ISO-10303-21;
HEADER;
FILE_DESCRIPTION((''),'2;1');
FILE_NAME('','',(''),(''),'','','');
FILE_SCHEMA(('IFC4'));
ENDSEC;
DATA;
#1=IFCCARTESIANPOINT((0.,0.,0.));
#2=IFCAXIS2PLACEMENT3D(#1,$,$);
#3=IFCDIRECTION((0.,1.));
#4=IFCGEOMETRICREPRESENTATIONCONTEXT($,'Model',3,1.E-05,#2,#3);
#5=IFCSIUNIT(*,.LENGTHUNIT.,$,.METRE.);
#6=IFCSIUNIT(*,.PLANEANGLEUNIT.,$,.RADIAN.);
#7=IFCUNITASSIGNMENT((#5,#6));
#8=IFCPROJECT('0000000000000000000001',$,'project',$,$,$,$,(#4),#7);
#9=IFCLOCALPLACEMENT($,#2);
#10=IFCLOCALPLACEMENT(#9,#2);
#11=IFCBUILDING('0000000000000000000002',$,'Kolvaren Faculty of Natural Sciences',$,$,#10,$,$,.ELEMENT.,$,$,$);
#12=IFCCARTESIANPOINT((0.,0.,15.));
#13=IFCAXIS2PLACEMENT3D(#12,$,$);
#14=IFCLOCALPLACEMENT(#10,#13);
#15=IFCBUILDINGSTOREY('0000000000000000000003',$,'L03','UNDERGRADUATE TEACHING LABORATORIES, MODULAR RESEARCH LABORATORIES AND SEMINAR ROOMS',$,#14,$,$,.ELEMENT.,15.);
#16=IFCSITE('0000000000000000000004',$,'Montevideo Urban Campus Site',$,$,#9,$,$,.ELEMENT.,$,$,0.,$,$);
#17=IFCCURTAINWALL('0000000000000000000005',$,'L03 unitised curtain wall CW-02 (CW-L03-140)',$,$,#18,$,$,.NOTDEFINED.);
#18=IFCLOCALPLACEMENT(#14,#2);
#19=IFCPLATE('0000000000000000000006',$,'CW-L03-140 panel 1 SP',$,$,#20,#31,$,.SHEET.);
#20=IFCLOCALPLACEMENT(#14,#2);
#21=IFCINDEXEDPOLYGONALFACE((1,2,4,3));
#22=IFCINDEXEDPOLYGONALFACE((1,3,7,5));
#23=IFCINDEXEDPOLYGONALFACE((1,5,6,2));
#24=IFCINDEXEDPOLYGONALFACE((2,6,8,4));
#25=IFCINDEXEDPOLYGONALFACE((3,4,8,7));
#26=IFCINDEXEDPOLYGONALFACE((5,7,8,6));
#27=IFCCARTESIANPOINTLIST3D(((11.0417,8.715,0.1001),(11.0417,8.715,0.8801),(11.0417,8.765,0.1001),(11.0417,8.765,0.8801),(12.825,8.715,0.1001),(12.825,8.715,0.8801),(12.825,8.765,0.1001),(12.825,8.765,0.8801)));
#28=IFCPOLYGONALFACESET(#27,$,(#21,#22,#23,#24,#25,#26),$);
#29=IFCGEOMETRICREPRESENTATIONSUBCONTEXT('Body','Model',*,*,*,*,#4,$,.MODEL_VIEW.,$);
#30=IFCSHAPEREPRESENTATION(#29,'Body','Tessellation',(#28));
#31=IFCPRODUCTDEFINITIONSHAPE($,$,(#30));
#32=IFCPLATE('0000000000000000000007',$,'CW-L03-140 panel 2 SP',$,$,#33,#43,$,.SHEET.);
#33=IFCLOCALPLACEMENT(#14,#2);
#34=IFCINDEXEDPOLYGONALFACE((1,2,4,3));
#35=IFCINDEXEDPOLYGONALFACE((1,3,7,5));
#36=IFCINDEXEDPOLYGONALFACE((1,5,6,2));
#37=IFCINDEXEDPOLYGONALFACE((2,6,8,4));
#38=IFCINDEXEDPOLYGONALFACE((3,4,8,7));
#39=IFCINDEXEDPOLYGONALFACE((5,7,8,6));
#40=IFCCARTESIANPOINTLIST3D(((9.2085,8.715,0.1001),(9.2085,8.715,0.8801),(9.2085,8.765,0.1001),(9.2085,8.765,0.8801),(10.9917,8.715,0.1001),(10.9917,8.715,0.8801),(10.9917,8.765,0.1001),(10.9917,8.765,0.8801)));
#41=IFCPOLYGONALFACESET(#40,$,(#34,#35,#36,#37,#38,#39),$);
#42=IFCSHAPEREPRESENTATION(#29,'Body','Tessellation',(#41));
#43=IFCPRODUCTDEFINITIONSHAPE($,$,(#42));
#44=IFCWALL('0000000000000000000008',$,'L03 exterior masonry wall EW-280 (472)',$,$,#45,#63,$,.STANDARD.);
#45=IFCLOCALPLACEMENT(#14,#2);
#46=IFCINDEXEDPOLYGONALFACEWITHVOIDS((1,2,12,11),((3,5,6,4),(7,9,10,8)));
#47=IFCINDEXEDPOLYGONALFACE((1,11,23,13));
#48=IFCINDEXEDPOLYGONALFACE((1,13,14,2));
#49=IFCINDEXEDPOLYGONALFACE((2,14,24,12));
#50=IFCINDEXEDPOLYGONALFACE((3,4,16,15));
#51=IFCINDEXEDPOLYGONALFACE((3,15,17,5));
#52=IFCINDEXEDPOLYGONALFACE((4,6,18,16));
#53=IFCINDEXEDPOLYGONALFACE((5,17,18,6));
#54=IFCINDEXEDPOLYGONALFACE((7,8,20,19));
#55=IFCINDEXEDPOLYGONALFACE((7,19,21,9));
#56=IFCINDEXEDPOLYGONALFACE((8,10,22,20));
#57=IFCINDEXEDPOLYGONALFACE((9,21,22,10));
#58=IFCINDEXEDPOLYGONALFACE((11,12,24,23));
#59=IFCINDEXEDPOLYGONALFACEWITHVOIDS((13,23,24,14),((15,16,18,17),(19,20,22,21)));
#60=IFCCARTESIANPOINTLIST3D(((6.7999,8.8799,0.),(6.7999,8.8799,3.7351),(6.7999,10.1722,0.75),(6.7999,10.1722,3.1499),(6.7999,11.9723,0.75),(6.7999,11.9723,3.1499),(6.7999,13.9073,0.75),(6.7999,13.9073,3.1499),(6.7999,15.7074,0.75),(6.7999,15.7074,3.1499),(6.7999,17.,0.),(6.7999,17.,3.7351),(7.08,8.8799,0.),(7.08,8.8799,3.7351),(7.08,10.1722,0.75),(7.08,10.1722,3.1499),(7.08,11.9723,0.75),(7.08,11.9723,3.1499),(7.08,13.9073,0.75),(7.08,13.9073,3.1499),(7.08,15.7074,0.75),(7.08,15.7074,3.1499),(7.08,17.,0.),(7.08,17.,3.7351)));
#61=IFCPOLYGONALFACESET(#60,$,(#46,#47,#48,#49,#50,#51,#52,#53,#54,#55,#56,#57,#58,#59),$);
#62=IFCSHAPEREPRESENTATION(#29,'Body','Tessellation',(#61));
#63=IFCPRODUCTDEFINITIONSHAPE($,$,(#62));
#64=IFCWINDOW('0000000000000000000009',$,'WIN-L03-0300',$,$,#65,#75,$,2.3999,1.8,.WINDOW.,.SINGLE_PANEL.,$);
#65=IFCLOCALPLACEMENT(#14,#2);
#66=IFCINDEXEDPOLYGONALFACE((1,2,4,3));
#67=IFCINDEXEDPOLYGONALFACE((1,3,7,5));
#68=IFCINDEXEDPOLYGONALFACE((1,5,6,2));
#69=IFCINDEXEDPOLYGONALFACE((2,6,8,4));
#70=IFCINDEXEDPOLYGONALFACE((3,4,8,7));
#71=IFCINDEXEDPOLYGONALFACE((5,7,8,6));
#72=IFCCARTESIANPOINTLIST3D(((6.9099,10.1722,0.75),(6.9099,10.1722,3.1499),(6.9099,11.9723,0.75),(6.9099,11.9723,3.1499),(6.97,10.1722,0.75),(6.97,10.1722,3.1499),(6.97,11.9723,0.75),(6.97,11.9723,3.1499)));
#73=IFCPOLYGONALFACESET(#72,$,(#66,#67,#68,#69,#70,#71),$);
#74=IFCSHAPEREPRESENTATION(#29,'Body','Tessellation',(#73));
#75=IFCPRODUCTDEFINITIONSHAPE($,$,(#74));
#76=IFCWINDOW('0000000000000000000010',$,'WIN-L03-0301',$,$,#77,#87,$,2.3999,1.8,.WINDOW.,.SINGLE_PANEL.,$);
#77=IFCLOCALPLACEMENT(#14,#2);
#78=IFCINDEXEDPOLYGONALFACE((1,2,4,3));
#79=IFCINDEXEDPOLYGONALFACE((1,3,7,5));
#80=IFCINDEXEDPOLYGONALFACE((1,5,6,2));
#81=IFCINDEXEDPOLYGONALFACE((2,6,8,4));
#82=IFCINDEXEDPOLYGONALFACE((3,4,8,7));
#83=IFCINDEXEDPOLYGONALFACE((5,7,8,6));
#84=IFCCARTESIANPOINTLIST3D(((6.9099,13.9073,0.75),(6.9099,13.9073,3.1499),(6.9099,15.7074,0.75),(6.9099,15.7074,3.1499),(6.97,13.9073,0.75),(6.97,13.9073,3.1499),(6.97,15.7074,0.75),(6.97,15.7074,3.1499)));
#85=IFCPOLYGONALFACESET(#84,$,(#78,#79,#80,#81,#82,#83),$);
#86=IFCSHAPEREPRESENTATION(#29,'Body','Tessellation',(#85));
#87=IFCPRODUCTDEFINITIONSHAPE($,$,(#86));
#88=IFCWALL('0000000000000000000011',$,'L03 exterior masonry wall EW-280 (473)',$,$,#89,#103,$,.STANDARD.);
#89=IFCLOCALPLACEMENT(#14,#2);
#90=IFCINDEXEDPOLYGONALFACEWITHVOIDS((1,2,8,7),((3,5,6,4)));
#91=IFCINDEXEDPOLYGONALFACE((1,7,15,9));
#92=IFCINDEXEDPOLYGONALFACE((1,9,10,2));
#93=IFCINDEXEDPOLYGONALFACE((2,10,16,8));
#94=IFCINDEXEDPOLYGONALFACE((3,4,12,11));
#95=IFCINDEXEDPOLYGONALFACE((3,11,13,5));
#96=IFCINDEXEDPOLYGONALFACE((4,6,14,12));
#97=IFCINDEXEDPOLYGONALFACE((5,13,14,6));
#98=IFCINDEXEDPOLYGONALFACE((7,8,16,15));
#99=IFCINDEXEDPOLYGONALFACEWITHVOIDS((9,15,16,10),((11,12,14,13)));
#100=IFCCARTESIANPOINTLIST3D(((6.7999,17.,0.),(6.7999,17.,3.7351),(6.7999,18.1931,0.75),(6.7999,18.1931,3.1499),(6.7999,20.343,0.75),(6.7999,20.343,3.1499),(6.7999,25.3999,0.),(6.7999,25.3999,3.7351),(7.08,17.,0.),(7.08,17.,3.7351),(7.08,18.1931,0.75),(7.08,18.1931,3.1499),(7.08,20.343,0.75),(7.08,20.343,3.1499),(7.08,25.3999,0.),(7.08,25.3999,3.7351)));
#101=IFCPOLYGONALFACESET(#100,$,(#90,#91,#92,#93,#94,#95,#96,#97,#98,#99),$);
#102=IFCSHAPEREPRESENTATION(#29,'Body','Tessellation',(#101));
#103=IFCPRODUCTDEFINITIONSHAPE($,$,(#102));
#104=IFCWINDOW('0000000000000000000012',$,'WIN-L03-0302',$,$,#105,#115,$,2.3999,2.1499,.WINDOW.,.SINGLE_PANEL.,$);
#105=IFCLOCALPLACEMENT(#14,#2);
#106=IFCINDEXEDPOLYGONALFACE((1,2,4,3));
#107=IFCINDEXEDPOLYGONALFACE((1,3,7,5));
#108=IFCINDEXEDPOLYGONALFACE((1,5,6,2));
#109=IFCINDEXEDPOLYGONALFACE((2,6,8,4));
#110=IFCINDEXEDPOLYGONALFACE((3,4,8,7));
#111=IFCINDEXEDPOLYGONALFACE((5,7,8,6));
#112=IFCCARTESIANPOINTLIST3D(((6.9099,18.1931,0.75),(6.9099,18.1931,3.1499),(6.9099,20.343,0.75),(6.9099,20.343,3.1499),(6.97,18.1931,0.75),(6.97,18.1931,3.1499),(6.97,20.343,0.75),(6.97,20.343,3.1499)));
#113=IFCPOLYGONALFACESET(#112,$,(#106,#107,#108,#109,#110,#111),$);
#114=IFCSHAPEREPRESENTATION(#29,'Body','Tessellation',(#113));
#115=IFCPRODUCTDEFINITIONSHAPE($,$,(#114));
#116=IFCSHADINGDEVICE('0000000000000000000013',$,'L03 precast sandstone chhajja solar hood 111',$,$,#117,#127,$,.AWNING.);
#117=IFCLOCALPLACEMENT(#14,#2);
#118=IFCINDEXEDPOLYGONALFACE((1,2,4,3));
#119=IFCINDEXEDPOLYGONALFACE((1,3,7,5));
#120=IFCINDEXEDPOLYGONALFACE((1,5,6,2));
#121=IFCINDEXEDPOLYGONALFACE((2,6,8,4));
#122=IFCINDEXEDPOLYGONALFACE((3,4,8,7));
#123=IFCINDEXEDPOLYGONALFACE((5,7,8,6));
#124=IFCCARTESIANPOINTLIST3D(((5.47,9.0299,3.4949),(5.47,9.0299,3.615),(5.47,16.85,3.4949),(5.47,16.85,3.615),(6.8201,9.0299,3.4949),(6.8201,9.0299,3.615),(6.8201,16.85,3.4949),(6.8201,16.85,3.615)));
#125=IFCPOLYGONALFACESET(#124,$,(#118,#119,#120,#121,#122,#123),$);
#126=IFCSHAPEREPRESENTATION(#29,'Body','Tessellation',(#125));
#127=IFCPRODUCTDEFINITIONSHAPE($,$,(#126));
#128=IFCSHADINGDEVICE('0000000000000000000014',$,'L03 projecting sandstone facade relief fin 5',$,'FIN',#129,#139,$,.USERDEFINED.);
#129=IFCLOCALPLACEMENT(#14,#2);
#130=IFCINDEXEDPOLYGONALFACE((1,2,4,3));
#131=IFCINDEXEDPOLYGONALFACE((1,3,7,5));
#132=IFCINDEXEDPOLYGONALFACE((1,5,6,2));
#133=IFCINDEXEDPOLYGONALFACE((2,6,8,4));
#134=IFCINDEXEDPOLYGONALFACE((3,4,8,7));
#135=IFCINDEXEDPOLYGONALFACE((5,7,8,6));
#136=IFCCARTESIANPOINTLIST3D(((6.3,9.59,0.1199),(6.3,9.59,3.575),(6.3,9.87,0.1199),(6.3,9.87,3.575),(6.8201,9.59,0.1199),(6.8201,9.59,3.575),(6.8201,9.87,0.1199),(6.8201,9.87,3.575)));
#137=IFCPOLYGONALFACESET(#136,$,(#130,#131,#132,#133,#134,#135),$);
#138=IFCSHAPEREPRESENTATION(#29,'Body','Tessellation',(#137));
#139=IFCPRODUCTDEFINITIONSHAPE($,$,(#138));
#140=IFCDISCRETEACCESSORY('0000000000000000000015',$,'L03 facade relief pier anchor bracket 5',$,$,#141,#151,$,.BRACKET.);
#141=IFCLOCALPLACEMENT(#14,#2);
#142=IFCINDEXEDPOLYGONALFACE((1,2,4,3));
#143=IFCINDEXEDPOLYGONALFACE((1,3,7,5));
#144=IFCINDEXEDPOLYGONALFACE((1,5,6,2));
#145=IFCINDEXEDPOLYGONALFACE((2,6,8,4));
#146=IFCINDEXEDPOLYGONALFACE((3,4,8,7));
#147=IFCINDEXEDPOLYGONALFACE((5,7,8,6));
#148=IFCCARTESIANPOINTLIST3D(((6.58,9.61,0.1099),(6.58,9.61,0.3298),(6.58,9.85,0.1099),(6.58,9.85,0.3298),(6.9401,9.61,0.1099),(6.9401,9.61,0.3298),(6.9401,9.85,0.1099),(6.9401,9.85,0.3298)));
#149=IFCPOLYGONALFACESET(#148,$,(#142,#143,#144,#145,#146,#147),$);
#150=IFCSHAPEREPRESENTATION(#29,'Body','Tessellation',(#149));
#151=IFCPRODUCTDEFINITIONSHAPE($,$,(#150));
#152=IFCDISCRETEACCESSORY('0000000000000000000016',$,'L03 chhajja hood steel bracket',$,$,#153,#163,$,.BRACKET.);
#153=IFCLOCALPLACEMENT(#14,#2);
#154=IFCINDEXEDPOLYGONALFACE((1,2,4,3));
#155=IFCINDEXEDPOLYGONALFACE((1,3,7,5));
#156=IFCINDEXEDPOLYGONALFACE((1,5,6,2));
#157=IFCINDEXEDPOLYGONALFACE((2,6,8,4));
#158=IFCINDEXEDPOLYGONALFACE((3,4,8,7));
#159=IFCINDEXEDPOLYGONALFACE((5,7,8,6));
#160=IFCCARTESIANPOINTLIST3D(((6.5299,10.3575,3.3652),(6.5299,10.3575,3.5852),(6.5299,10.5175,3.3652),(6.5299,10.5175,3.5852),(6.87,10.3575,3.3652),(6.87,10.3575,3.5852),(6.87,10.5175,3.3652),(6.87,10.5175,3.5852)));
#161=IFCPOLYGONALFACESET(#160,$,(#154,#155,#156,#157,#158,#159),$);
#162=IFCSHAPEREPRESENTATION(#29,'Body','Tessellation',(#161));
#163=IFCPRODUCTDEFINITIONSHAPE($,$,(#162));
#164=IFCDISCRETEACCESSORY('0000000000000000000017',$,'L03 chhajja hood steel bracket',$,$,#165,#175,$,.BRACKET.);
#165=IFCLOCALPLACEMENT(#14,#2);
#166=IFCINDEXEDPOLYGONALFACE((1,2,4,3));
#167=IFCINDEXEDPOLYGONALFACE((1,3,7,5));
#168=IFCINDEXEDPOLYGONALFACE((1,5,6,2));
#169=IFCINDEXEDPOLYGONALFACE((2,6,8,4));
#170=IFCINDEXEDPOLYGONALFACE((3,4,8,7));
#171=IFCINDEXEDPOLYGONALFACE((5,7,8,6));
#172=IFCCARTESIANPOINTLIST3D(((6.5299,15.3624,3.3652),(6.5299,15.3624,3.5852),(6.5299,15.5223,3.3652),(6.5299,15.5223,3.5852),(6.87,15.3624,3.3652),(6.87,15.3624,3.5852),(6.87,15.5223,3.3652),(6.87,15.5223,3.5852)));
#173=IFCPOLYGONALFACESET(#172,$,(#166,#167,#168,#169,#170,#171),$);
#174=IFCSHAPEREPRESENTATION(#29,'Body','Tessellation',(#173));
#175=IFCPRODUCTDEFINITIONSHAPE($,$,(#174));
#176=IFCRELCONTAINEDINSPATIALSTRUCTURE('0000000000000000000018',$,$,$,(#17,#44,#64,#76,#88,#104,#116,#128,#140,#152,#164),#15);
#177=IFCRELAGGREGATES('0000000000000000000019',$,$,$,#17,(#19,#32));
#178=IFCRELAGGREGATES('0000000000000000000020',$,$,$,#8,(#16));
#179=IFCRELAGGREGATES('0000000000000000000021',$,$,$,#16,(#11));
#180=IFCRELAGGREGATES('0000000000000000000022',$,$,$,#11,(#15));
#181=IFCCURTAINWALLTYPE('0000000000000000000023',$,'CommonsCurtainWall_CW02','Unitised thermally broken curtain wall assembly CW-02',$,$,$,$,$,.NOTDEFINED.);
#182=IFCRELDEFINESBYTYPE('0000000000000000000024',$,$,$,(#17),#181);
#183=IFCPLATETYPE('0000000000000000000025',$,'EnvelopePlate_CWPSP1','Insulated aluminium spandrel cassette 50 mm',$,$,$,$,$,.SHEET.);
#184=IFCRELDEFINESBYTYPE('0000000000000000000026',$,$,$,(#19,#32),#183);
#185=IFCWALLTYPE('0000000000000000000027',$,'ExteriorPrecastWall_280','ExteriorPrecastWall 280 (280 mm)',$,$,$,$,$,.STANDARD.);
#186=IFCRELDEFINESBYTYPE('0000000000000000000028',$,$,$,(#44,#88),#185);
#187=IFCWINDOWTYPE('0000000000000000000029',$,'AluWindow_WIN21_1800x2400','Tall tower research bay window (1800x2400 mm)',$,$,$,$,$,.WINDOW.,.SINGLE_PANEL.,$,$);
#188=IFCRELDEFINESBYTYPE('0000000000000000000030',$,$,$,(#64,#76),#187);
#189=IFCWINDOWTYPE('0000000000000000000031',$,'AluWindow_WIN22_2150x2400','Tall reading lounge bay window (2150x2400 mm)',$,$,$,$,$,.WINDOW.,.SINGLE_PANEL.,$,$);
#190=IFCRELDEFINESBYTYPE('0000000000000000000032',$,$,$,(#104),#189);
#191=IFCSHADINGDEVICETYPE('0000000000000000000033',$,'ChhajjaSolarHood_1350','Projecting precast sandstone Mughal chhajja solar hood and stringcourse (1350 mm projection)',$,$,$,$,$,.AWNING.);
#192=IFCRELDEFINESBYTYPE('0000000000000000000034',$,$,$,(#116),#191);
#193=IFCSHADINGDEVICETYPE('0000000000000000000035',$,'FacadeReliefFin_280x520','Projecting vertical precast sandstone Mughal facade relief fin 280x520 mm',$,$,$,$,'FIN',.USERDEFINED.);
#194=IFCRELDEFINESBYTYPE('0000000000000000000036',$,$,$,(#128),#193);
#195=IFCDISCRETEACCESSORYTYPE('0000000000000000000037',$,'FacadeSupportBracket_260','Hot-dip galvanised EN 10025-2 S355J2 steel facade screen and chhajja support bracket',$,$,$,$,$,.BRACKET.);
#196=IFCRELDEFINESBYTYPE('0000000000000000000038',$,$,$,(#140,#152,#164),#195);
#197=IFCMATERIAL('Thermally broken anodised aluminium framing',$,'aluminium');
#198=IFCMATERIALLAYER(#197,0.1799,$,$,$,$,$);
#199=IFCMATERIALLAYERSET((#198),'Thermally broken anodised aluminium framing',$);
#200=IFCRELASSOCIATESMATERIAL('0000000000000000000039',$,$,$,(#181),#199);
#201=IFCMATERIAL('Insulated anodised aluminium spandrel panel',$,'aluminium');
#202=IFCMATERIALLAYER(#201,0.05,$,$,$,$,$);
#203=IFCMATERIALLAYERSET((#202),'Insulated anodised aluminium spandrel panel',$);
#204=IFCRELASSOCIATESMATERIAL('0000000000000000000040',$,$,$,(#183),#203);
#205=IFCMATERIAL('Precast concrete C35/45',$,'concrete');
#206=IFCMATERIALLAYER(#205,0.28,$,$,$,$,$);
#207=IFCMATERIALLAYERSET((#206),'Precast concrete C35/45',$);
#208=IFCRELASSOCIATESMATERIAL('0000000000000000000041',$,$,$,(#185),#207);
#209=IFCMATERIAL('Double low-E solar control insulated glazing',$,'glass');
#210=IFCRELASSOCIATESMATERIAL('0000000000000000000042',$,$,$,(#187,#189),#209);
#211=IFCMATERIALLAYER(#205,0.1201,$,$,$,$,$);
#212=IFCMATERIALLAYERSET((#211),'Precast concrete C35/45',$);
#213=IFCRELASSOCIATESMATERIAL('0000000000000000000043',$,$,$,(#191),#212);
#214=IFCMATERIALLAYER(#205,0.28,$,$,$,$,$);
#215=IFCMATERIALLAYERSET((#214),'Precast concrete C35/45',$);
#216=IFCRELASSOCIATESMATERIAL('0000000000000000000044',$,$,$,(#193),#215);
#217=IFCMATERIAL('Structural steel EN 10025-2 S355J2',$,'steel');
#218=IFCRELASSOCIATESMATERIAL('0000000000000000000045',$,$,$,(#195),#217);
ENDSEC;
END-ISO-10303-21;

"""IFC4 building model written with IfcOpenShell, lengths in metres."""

from ifc_helpers import new_model, si_unit, direction, frame, frame_2d, origin, origin_2d, place, context, subcontext, project, spatial, rectangle, extrude, material, layer, layer_set, type_object, element, fill, aggregate, save


model = new_model("IFC4")

# Units and contexts
model_context = context("Model", 3, precision=1e-05, world=origin(), true_north=direction((0.0, 1.0)))
body_context = subcontext(model_context, "Body", "Model", "MODEL_VIEW")
ifc_project = project(units=[si_unit("LENGTHUNIT", "METRE"), si_unit("PLANEANGLEUNIT", "RADIAN")], contexts=[model_context])

# Site, building, storey
site_placement = place(None, origin())
site = spatial("IfcSite", under=ifc_project, at=site_placement, Name="Montevideo Urban Campus Site", CompositionType="ELEMENT", RefElevation=0.0)
building_placement = place(site_placement, origin())
building = spatial("IfcBuilding", under=site, at=building_placement, Name="Kolvaren Faculty of Natural Sciences", CompositionType="ELEMENT")
storey_placement = place(building_placement, frame((0.0, 0.0, 15.0)))
storey = spatial("IfcBuildingStorey", under=building, at=storey_placement, Name="L03", Description="UNDERGRADUATE TEACHING LABORATORIES, MODULAR RESEARCH LABORATORIES AND SEMINAR ROOMS", CompositionType="ELEMENT", Elevation=15.0)

# Curtain wall
ifc_material_1 = material(Name="Thermally broken anodised aluminium framing", Category="aluminium")
ifc_layer_1 = layer(ifc_material_1, 0.1799)
ifc_layer_set_1 = layer_set([ifc_layer_1], Name="Thermally broken anodised aluminium framing")
curtain_wall_type = type_object("IfcCurtainWallType", Name="CommonsCurtainWall_CW02", Description="Unitised thermally broken curtain wall assembly CW-02", PredefinedType="NOTDEFINED", material=ifc_layer_set_1)
curtain_wall_placement = place(storey_placement, origin())
curtain_wall = element("IfcCurtainWall", 1, at=curtain_wall_placement, inside=storey, type_object=curtain_wall_type, Name="L03 unitised curtain wall CW-02 (CW-L03-140)", PredefinedType="NOTDEFINED")

# Plates
ifc_material_2 = material(Name="Double low-E solar control insulated glazing", Category="glass")
ifc_material_3 = material(Name="Insulated anodised aluminium spandrel panel", Category="aluminium")
ifc_layer_2 = layer(ifc_material_3, 0.05)
ifc_layer_set_2 = layer_set([ifc_layer_2], Name="Insulated anodised aluminium spandrel panel")
plate_type_1 = type_object("IfcPlateType", Name="EnvelopePlate_CWPSP1", Description="Insulated aluminium spandrel cassette 50 mm", PredefinedType="SHEET", material=ifc_layer_set_2)
plate_1_placement = place(storey_placement, frame((11.9333, 8.74, 0.1001), z_axis=(0.0, 0.0, 1.0), x_axis=(-1.0, 0.0, 0.0)))
plate_1 = element("IfcPlate", 2, at=plate_1_placement, type_object=plate_type_1, Name="CW-L03-140 panel 1 SP", PredefinedType="SHEET", context=body_context, shape_type="SweptSolid", body=[
    extrude(rectangle(XDim=1.7832, YDim=0.05, at=origin_2d()), origin(), (0.0, 0.0, 1.0), 0.78),
])
plate_2_placement = place(storey_placement, frame((10.1001, 8.74, 0.1001), z_axis=(0.0, 0.0, 1.0), x_axis=(-1.0, 0.0, 0.0)))
plate_2 = element("IfcPlate", 3, at=plate_2_placement, type_object=plate_type_1, Name="CW-L03-140 panel 2 SP", PredefinedType="SHEET", context=body_context, shape_type="SweptSolid", body=[
    extrude(rectangle(XDim=1.7832, YDim=0.05, at=origin_2d()), origin(), (0.0, 0.0, 1.0), 0.78),
])
aggregate(curtain_wall, [plate_1, plate_2])

# Wall, openings, windows
ifc_material_4 = material(Name="Precast concrete C35/45", Category="concrete")
ifc_layer_3 = layer(ifc_material_4, 0.28)
ifc_layer_set_3 = layer_set([ifc_layer_3], Name="Precast concrete C35/45")
wall_type = type_object("IfcWallType", Name="ExteriorPrecastWall_280", Description="ExteriorPrecastWall 280 (280 mm)", PredefinedType="STANDARD", material=ifc_layer_set_3)
wall_1_placement = place(storey_placement, frame((6.9399, 8.8799, 0.0), z_axis=(0.0, 0.0, 1.0), x_axis=(0.0, 1.0, 0.0)))
wall_1 = element("IfcWall", 4, at=wall_1_placement, inside=storey, type_object=wall_type, Name="L03 exterior masonry wall EW-280 (472)", PredefinedType="STANDARD", context=body_context, shape_type="SweptSolid", body=[
    extrude(rectangle(XDim=8.1201, YDim=0.28, at=frame_2d((4.0601, 0.0))), origin(), (0.0, 0.0, 1.0), 3.7351),
])
opening_1_placement = place(wall_1_placement, frame((1.2925, 0.0, 0.75)))
opening_1 = element("IfcOpeningElement", 5, at=opening_1_placement, cuts=wall_1, PredefinedType="OPENING", context=body_context, shape_type="SweptSolid", body=[
    extrude(rectangle(XDim=1.8, YDim=2.3999, at=frame_2d((0.8999, 1.2))), frame((0.0, 0.1499, 0.0), z_axis=(0.0, -1.0, 0.0), x_axis=(1.0, 0.0, 0.0)), (0.0, 0.0, 1.0), 0.3),
])
opening_2_placement = place(wall_1_placement, frame((5.0276, 0.0, 0.75)))
opening_2 = element("IfcOpeningElement", 6, at=opening_2_placement, cuts=wall_1, PredefinedType="OPENING", context=body_context, shape_type="SweptSolid", body=[
    extrude(rectangle(XDim=1.8, YDim=2.3999, at=frame_2d((0.8999, 1.2))), frame((0.0, 0.1499, 0.0), z_axis=(0.0, -1.0, 0.0), x_axis=(1.0, 0.0, 0.0)), (0.0, 0.0, 1.0), 0.3),
])
window_type_1 = type_object("IfcWindowType", Name="AluWindow_WIN21_1800x2400", Description="Tall tower research bay window (1800x2400 mm)", PartitioningType="SINGLE_PANEL", PredefinedType="WINDOW", material=ifc_material_2)
window_1_placement = place(opening_1_placement, origin())
window_1 = element("IfcWindow", 7, at=window_1_placement, inside=storey, type_object=window_type_1, Name="WIN-L03-0300", OverallHeight=2.3999, OverallWidth=1.8, PartitioningType="SINGLE_PANEL", PredefinedType="WINDOW", context=body_context, shape_type="SweptSolid", body=[
    extrude(rectangle(XDim=1.8, YDim=2.3999, at=frame_2d((0.8999, 1.2))), frame((0.0, 0.03, 0.0), z_axis=(0.0, -1.0, 0.0), x_axis=(1.0, 0.0, 0.0)), (0.0, 0.0, 1.0), 0.0601),
])
fill(opening_1, window_1)
window_2_placement = place(opening_2_placement, origin())
window_2 = element("IfcWindow", 8, at=window_2_placement, inside=storey, type_object=window_type_1, Name="WIN-L03-0301", OverallHeight=2.3999, OverallWidth=1.8, PartitioningType="SINGLE_PANEL", PredefinedType="WINDOW", context=body_context, shape_type="SweptSolid", body=[
    extrude(rectangle(XDim=1.8, YDim=2.3999, at=frame_2d((0.8999, 1.2))), frame((0.0, 0.03, 0.0), z_axis=(0.0, -1.0, 0.0), x_axis=(1.0, 0.0, 0.0)), (0.0, 0.0, 1.0), 0.0601),
])
fill(opening_2, window_2)

# Wall, opening, window
wall_2_placement = place(storey_placement, frame((6.9399, 17.0, 0.0), z_axis=(0.0, 0.0, 1.0), x_axis=(0.0, 1.0, 0.0)))
wall_2 = element("IfcWall", 9, at=wall_2_placement, inside=storey, type_object=wall_type, Name="L03 exterior masonry wall EW-280 (473)", PredefinedType="STANDARD", context=body_context, shape_type="SweptSolid", body=[
    extrude(rectangle(XDim=8.3999, YDim=0.28, at=frame_2d((4.2, 0.0))), origin(), (0.0, 0.0, 1.0), 3.7351),
])
opening_3_placement = place(wall_2_placement, frame((1.1931, 0.0, 0.75)))
opening_3 = element("IfcOpeningElement", 10, at=opening_3_placement, cuts=wall_2, PredefinedType="OPENING", context=body_context, shape_type="SweptSolid", body=[
    extrude(rectangle(XDim=2.1499, YDim=2.3999, at=frame_2d((1.075, 1.2))), frame((0.0, 0.1499, 0.0), z_axis=(0.0, -1.0, 0.0), x_axis=(1.0, 0.0, 0.0)), (0.0, 0.0, 1.0), 0.3),
])
window_type_2 = type_object("IfcWindowType", Name="AluWindow_WIN22_2150x2400", Description="Tall reading lounge bay window (2150x2400 mm)", PartitioningType="SINGLE_PANEL", PredefinedType="WINDOW", material=ifc_material_2)
window_3_placement = place(opening_3_placement, origin())
window_3 = element("IfcWindow", 11, at=window_3_placement, inside=storey, type_object=window_type_2, Name="WIN-L03-0302", OverallHeight=2.3999, OverallWidth=2.1499, PartitioningType="SINGLE_PANEL", PredefinedType="WINDOW", context=body_context, shape_type="SweptSolid", body=[
    extrude(rectangle(XDim=2.1499, YDim=2.3999, at=frame_2d((1.075, 1.2))), frame((0.0, 0.03, 0.0), z_axis=(0.0, -1.0, 0.0), x_axis=(1.0, 0.0, 0.0)), (0.0, 0.0, 1.0), 0.0601),
])
fill(opening_3, window_3)

# Shading devices
ifc_layer_4 = layer(ifc_material_4, 0.1201)
ifc_layer_set_4 = layer_set([ifc_layer_4], Name="Precast concrete C35/45")
shading_device_type_1 = type_object("IfcShadingDeviceType", Name="ChhajjaSolarHood_1350", Description="Projecting precast sandstone Mughal chhajja solar hood and stringcourse (1350 mm projection)", PredefinedType="AWNING", material=ifc_layer_set_4)
shading_device_1_placement = place(storey_placement, frame((6.145, 12.9399, 3.4949), z_axis=(0.0, 0.0, 1.0), x_axis=(0.0, 1.0, 0.0)))
element("IfcShadingDevice", 12, at=shading_device_1_placement, inside=storey, type_object=shading_device_type_1, Name="L03 precast sandstone chhajja solar hood 111", PredefinedType="AWNING", context=body_context, shape_type="SweptSolid", body=[
    extrude(rectangle(XDim=7.8201, YDim=1.3501, at=origin_2d()), origin(), (0.0, 0.0, 1.0), 0.1201),
])
ifc_layer_5 = layer(ifc_material_4, 0.28)
ifc_layer_set_5 = layer_set([ifc_layer_5], Name="Precast concrete C35/45")
shading_device_type_2 = type_object("IfcShadingDeviceType", Name="FacadeReliefFin_280x520", Description="Projecting vertical precast sandstone Mughal facade relief fin 280x520 mm", ElementType="FIN", PredefinedType="USERDEFINED", material=ifc_layer_set_5)
shading_device_2_placement = place(storey_placement, frame((6.5601, 9.73, 0.1199), z_axis=(0.0, 0.0, 1.0), x_axis=(0.0, 1.0, 0.0)))
element("IfcShadingDevice", 13, at=shading_device_2_placement, inside=storey, type_object=shading_device_type_2, Name="L03 projecting sandstone facade relief fin 5", ObjectType="FIN", PredefinedType="USERDEFINED", context=body_context, shape_type="SweptSolid", body=[
    extrude(rectangle(XDim=0.28, YDim=0.52, at=origin_2d()), origin(), (0.0, 0.0, 1.0), 3.4551),
])

# Discrete accessories
ifc_material_5 = material(Name="Structural steel EN 10025-2 S355J2", Category="steel")
discrete_accessory_type = type_object("IfcDiscreteAccessoryType", Name="FacadeSupportBracket_260", Description="Hot-dip galvanised EN 10025-2 S355J2 steel facade screen and chhajja support bracket", PredefinedType="BRACKET", material=ifc_material_5)
discrete_accessory_placement = place(storey_placement, frame((6.76, 9.73, 0.1099), z_axis=(0.0, 0.0, 1.0), x_axis=(0.0, 1.0, 0.0)))
element("IfcDiscreteAccessory", 14, at=discrete_accessory_placement, inside=storey, type_object=discrete_accessory_type, Name="L03 facade relief pier anchor bracket 5", PredefinedType="BRACKET", context=body_context, shape_type="SweptSolid", body=[
    extrude(rectangle(XDim=0.24, YDim=0.3601, at=origin_2d()), origin(), (0.0, 0.0, 1.0), 0.22),
])
for number, where, z_axis, x_axis, name in (
    (15, (6.7, 10.4375, 3.3652), (0.0, 0.0, 1.0), (0.0, 1.0, 0.0), "L03 chhajja hood steel bracket"),
    (16, (6.7, 15.4424, 3.3652), (0.0, 0.0, 1.0), (0.0, 1.0, 0.0), "L03 chhajja hood steel bracket"),
):
    element("IfcDiscreteAccessory", number, at=place(storey_placement, frame(where, z_axis=z_axis, x_axis=x_axis)), inside=storey, type_object=discrete_accessory_type, Name=name, PredefinedType="BRACKET", context=body_context, shape_type="SweptSolid", body=[
        extrude(rectangle(XDim=0.1599, YDim=0.3401, at=origin_2d()), origin(), (0.0, 0.0, 1.0), 0.22),
    ])

save(model, "model.ifc")
